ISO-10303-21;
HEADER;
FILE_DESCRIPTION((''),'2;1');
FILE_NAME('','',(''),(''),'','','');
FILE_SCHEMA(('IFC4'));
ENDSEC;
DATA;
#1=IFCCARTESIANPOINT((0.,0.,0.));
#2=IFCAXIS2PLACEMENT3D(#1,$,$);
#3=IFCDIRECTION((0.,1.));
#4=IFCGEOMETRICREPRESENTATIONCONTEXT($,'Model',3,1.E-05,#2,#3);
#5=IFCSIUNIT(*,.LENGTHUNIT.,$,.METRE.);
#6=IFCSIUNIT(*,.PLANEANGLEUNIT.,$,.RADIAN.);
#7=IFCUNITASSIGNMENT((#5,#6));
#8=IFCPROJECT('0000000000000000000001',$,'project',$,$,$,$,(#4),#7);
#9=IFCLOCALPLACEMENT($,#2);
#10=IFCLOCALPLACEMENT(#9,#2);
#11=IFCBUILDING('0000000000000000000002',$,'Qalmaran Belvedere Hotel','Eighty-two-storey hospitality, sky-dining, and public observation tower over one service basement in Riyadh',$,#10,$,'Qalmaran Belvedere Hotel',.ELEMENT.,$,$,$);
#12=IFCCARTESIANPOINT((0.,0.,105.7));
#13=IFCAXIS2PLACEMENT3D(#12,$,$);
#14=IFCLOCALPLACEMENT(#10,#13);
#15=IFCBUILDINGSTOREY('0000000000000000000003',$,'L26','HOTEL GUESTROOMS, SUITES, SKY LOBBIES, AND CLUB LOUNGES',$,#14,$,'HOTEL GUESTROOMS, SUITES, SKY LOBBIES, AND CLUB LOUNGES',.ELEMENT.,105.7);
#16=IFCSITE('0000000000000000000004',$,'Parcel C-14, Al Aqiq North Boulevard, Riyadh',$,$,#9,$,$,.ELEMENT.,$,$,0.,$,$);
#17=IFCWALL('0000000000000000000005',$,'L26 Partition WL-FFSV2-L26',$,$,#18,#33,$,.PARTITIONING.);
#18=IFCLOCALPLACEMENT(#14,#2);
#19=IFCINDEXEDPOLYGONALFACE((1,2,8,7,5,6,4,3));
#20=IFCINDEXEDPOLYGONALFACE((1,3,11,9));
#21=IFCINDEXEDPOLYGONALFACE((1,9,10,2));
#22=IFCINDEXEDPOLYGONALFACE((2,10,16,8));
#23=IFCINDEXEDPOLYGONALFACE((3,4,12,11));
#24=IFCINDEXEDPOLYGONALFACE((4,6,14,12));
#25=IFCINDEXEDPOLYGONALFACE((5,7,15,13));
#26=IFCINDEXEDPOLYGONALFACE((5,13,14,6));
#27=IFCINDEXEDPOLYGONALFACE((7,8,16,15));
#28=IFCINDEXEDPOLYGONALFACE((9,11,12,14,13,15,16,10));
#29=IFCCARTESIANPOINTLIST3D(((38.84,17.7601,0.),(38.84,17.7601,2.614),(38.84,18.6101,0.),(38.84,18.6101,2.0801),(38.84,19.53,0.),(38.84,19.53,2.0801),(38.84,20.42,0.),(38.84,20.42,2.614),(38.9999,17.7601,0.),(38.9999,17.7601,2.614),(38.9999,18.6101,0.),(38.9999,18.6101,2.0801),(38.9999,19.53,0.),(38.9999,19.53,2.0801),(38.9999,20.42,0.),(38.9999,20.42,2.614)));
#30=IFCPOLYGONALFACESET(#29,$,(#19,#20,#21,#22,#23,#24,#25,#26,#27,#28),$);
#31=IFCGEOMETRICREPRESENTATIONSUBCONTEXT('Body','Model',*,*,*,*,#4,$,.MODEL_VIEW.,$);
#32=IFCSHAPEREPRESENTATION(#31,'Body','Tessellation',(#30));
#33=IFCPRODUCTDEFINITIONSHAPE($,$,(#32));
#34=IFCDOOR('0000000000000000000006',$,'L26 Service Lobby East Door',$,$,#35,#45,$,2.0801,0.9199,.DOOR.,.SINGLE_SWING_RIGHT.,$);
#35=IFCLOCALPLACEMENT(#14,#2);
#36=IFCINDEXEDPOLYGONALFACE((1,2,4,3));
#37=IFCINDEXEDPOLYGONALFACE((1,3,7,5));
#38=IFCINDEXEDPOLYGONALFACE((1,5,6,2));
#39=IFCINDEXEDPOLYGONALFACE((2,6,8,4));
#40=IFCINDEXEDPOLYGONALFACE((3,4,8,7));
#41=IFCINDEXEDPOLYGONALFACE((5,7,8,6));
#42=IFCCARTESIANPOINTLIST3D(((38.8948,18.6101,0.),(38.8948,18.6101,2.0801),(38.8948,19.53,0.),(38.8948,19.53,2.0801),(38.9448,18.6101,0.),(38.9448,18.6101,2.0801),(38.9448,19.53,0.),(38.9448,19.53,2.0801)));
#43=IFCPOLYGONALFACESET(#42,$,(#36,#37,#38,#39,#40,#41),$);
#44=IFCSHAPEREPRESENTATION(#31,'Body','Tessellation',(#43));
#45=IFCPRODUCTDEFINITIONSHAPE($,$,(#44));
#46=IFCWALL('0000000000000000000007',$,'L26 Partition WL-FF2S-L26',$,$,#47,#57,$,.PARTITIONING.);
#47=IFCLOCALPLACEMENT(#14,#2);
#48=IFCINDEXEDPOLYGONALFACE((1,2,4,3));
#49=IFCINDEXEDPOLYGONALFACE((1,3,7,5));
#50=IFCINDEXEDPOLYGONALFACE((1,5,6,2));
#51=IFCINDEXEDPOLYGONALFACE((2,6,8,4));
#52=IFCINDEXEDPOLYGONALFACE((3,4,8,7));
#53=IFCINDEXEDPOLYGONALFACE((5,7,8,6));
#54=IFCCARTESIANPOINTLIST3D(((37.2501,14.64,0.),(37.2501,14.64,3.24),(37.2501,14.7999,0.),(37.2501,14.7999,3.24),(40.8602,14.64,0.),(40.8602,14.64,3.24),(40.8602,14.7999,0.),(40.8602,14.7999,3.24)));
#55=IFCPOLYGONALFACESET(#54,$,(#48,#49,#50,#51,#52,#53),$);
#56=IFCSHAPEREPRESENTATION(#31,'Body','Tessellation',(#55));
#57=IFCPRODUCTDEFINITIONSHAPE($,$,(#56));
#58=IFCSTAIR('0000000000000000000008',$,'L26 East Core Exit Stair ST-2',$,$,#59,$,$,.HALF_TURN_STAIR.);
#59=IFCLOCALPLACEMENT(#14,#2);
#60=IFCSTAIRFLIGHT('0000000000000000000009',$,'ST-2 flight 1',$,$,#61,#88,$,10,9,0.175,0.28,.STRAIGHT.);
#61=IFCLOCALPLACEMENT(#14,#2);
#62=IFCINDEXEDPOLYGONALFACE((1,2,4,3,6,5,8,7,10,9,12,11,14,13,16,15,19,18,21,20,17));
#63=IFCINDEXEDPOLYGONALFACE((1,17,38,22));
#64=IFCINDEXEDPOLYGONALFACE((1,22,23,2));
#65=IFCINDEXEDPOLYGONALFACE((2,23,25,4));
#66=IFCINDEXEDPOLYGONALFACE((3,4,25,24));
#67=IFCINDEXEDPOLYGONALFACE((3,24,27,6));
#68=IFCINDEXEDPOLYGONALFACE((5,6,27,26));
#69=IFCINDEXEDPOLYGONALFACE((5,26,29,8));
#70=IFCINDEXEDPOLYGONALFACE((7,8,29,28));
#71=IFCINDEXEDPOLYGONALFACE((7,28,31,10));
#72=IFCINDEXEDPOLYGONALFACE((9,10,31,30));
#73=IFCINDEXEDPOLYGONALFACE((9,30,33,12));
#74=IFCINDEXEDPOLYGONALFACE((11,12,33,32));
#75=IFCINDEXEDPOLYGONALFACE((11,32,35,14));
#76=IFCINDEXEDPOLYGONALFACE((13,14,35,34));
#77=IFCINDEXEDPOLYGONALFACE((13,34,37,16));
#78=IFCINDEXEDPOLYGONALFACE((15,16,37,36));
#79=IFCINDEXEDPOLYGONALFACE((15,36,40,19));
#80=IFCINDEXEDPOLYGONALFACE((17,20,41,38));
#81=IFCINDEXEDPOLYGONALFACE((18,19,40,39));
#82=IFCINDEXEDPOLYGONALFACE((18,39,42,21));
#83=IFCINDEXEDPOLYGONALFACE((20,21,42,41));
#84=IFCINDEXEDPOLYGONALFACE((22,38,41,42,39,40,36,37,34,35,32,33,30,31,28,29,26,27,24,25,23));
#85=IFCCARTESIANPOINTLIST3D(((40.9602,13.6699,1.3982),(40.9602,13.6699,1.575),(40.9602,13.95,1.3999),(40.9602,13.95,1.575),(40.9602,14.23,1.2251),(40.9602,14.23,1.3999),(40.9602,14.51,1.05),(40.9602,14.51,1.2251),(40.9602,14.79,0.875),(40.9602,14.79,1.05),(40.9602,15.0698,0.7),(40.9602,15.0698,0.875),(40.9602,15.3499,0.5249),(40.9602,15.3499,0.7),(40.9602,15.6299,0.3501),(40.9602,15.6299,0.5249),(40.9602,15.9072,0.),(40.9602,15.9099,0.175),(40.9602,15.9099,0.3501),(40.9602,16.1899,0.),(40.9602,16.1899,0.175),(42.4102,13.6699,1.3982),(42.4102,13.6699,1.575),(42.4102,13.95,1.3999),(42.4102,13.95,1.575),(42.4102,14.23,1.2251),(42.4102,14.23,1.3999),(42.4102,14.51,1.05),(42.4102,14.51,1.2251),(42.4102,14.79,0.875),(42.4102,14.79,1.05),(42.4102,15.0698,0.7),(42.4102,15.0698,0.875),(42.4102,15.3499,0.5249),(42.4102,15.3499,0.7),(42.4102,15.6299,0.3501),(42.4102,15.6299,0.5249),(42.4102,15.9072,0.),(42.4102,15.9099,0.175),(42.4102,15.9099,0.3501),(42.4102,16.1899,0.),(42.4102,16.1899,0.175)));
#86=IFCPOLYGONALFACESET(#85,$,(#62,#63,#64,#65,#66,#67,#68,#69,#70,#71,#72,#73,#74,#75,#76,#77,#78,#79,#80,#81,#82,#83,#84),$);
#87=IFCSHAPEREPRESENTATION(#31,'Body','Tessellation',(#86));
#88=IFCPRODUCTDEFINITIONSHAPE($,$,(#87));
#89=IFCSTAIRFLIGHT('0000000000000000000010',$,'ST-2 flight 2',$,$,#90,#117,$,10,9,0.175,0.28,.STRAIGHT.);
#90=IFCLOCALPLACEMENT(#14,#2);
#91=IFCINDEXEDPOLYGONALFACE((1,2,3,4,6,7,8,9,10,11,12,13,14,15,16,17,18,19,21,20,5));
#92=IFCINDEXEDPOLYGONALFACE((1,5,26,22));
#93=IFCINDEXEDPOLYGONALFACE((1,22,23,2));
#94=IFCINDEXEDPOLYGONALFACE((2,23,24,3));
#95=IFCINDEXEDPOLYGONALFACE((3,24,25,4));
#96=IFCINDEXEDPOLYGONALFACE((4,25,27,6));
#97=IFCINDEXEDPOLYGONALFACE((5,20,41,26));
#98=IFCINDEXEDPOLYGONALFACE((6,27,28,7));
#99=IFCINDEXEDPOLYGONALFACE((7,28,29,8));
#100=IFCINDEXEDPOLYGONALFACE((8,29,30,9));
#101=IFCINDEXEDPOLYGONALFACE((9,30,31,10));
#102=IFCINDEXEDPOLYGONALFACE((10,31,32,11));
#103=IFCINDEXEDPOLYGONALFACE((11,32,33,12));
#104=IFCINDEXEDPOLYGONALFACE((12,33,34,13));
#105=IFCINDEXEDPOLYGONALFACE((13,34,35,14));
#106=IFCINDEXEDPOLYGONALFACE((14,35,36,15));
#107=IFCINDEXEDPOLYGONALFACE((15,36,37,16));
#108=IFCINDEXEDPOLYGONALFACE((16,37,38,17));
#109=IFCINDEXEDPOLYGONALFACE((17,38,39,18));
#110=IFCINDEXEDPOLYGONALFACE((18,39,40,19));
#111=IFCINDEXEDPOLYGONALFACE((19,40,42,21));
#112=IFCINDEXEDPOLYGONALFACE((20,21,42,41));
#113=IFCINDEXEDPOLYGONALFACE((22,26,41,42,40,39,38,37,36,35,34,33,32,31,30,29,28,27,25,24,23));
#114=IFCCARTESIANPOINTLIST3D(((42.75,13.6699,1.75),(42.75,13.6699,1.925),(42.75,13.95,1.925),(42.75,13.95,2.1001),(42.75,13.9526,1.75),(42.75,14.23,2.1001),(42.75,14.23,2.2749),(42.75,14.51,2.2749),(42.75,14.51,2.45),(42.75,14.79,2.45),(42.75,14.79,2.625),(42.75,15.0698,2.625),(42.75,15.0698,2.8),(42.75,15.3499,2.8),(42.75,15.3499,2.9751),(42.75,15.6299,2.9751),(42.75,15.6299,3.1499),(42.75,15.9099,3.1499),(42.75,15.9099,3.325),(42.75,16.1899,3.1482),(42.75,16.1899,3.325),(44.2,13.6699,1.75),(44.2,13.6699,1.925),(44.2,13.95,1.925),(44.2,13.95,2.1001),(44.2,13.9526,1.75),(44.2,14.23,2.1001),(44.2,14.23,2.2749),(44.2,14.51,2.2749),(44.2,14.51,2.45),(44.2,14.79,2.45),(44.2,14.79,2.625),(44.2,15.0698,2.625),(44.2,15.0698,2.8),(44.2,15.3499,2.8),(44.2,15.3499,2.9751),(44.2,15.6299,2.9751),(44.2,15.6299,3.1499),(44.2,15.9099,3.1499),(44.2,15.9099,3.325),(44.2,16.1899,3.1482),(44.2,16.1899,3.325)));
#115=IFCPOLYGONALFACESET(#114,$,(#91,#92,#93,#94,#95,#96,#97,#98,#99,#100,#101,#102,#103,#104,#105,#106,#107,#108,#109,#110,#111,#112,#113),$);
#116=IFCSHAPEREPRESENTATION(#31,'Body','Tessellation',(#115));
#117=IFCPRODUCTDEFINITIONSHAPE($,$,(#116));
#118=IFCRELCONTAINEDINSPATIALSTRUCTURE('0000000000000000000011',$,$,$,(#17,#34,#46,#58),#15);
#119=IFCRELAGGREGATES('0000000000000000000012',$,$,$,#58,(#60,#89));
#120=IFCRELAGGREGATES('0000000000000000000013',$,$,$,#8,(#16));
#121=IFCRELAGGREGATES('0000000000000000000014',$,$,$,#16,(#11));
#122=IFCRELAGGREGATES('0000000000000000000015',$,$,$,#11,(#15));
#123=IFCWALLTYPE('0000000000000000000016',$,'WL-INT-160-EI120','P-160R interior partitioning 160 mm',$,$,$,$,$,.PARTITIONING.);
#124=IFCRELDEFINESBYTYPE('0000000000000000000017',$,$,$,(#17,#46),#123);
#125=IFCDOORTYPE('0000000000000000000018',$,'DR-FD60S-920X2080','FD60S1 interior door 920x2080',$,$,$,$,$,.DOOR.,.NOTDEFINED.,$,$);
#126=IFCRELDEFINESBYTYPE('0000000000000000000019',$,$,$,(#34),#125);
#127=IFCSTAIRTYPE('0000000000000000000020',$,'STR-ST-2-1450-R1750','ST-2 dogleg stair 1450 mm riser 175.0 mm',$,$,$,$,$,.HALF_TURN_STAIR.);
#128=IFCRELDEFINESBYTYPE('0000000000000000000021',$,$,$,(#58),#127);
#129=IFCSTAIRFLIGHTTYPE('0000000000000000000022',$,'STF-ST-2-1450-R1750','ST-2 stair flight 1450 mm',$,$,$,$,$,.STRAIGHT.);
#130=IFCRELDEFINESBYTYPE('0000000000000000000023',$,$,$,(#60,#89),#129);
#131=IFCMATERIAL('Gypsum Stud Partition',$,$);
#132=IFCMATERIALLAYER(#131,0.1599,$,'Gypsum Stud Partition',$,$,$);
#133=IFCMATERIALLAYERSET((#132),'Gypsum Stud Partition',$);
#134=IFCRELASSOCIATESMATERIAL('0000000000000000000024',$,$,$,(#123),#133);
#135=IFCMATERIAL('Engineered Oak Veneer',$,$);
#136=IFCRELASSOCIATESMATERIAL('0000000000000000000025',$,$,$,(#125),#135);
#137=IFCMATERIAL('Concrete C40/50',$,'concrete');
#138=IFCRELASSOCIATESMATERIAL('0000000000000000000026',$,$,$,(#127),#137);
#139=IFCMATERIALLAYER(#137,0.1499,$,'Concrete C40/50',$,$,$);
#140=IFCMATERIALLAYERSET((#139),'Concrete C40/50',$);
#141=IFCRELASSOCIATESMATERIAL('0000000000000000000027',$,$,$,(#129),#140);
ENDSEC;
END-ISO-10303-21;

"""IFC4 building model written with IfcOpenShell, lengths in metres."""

from ifc_helpers import new_model, si_unit, direction, frame, frame_2d, origin, place, context, subcontext, project, spatial, polyline, rectangle, outline, extrude, material, layer, layer_set, type_object, element, fill, aggregate, save


model = new_model("IFC4")

# Units and contexts
model_context = context("Model", 3, precision=1e-05, world=origin(), true_north=direction((0.0, 1.0)))
body_context = subcontext(model_context, "Body", "Model", "MODEL_VIEW")
ifc_project = project(units=[si_unit("LENGTHUNIT", "METRE"), si_unit("PLANEANGLEUNIT", "RADIAN")], contexts=[model_context])

# Site, building, storey
site_placement = place(None, origin())
site = spatial("IfcSite", under=ifc_project, at=site_placement, Name="Parcel C-14, Al Aqiq North Boulevard, Riyadh", CompositionType="ELEMENT", RefElevation=0.0)
building_placement = place(site_placement, origin())
building = spatial("IfcBuilding", under=site, at=building_placement, Name="Qalmaran Belvedere Hotel", Description="Eighty-two-storey hospitality, sky-dining, and public observation tower over one service basement in Riyadh", LongName="Qalmaran Belvedere Hotel", CompositionType="ELEMENT")
storey_placement = place(building_placement, frame((0.0, 0.0, 105.7)))
storey = spatial("IfcBuildingStorey", under=building, at=storey_placement, Name="L26", Description="HOTEL GUESTROOMS, SUITES, SKY LOBBIES, AND CLUB LOUNGES", LongName="HOTEL GUESTROOMS, SUITES, SKY LOBBIES, AND CLUB LOUNGES", CompositionType="ELEMENT", Elevation=105.7)

# Shared definitions
ifc_material_1 = material(Name="Gypsum Stud Partition")

# Wall, opening, door
ifc_layer_1 = layer(ifc_material_1, 0.1599, Name="Gypsum Stud Partition")
ifc_layer_set_1 = layer_set([ifc_layer_1], Name="Gypsum Stud Partition")
wall_type_1 = type_object("IfcWallType", Name="WL-INT-160-EI120", Description="P-160R interior partitioning 160 mm", PredefinedType="PARTITIONING", material=ifc_layer_set_1)
wall_1_placement = place(storey_placement, frame((38.9199, 17.76, 0.0), z_axis=(0.0, 0.0, 1.0), x_axis=(0.0, 1.0, 0.0)))
wall_1 = element("IfcWall", 1, at=wall_1_placement, inside=storey, type_object=wall_type_1, Name="L26 Partition WL-FFSV2-L26", PredefinedType="PARTITIONING", context=body_context, shape_type="SweptSolid", body=[
    extrude(rectangle(XDim=2.6599, YDim=0.1599, at=frame_2d((1.3301, 0.0))), origin(), (0.0, 0.0, 1.0), 2.614),
])
opening_1_placement = place(wall_1_placement, frame((1.77, 0.0, 0.0), z_axis=(0.0, 0.0, 1.0), x_axis=(-1.0, 0.0, 0.0)))
opening_1 = element("IfcOpeningElement", 2, at=opening_1_placement, cuts=wall_1, PredefinedType="OPENING", context=body_context, shape_type="SweptSolid", body=[
    extrude(rectangle(XDim=0.9199, YDim=2.0801, at=frame_2d((0.46, 1.04))), frame((0.0, 0.0898, 0.0), z_axis=(0.0, -1.0, 0.0), x_axis=(1.0, 0.0, 0.0)), (0.0, 0.0, 1.0), 0.1799),
])
ifc_material_2 = material(Name="Engineered Oak Veneer")
door_type_1 = type_object("IfcDoorType", Name="DR-FD60S-920X2080", Description="FD60S1 interior door 920x2080", OperationType="NOTDEFINED", PredefinedType="DOOR", material=ifc_material_2)
door_1_placement = place(opening_1_placement, origin())
door_1 = element("IfcDoor", 3, at=door_1_placement, inside=storey, type_object=door_type_1, Name="L26 Service Lobby East Door", OperationType="SINGLE_SWING_RIGHT", OverallHeight=2.0801, OverallWidth=0.9199, PredefinedType="DOOR", context=body_context, shape_type="SweptSolid", body=[
    extrude(rectangle(XDim=0.9199, YDim=2.0801, at=frame_2d((0.46, 1.04))), frame((0.0, 0.0249, 0.0), z_axis=(0.0, -1.0, 0.0), x_axis=(1.0, 0.0, 0.0)), (0.0, 0.0, 1.0), 0.05),
])
fill(opening_1, door_1)

# Wall
wall_2_placement = place(storey_placement, frame((37.25, 14.72, 0.0), z_axis=(0.0, 0.0, 1.0), x_axis=(1.0, 0.0, 0.0)))
element("IfcWall", 4, at=wall_2_placement, inside=storey, type_object=wall_type_1, Name="L26 Partition WL-FF2S-L26", PredefinedType="PARTITIONING", context=body_context, shape_type="SweptSolid", body=[
    extrude(rectangle(XDim=3.6101, YDim=0.1599, at=frame_2d((1.8052, 0.0))), origin(), (0.0, 0.0, 1.0), 3.24),
])

# Stair, stair flights
ifc_material_3 = material(Name="Concrete C40/50", Category="concrete")
stair_type = type_object("IfcStairType", Name="STR-ST-2-1450-R1750", Description="ST-2 dogleg stair 1450 mm riser 175.0 mm", PredefinedType="HALF_TURN_STAIR", material=ifc_material_3)
stair_placement = place(storey_placement, origin())
stair = element("IfcStair", 5, at=stair_placement, inside=storey, type_object=stair_type, Name="L26 East Core Exit Stair ST-2", PredefinedType="HALF_TURN_STAIR")
ifc_layer_2 = layer(ifc_material_3, 0.1499, Name="Concrete C40/50")
ifc_layer_set_2 = layer_set([ifc_layer_2], Name="Concrete C40/50")
stair_flight_type = type_object("IfcStairFlightType", Name="STF-ST-2-1450-R1750", Description="ST-2 stair flight 1450 mm", PredefinedType="STRAIGHT", material=ifc_layer_set_2)
stair_flight_1_placement = place(storey_placement, frame((41.6851, 16.1899, 0.0), z_axis=(0.0, 0.0, 1.0), x_axis=(0.0, -1.0, 0.0)))
stair_flight_1 = element("IfcStairFlight", 6, at=stair_flight_1_placement, type_object=stair_flight_type, Name="ST-2 flight 1", NumberOfRisers=10, NumberOfTreads=9, PredefinedType="STRAIGHT", RiserHeight=0.175, TreadLength=0.28, context=body_context, shape_type="SweptSolid", body=[
    extrude(outline(polyline([(0.0, 0.0), (0.0, 0.175), (0.28, 0.175), (0.28, 0.3501), (0.5601, 0.3501), (0.5601, 0.5249), (0.8401, 0.5249), (0.8401, 0.7), (1.1201, 0.7), (1.1201, 0.875), (1.3999, 0.875), (1.3999, 1.05), (1.6799, 1.05), (1.6799, 1.2251), (1.96, 1.2251), (1.96, 1.3999), (2.24, 1.3999), (2.24, 1.575), (2.52, 1.575), (2.52, 1.75), (2.52, 1.3982), (0.2827, 0.0), (0.0, 0.0)])), frame((0.0, 0.7251, 0.0), z_axis=(0.0, -1.0, 0.0), x_axis=(1.0, 0.0, 0.0)), (0.0, 0.0, 1.0), 1.45),
])
stair_flight_2_placement = place(storey_placement, frame((43.4751, 13.6699, 1.75), z_axis=(0.0, 0.0, 1.0), x_axis=(0.0, 1.0, 0.0)))
stair_flight_2 = element("IfcStairFlight", 7, at=stair_flight_2_placement, type_object=stair_flight_type, Name="ST-2 flight 2", NumberOfRisers=10, NumberOfTreads=9, PredefinedType="STRAIGHT", RiserHeight=0.175, TreadLength=0.28, context=body_context, shape_type="SweptSolid", body=[
    extrude(outline(polyline([(0.0, 0.0), (0.0, 0.175), (0.28, 0.175), (0.28, 0.3501), (0.5601, 0.3501), (0.5601, 0.5249), (0.8401, 0.5249), (0.8401, 0.7), (1.1201, 0.7), (1.1201, 0.875), (1.3999, 0.875), (1.3999, 1.05), (1.6799, 1.05), (1.6799, 1.2251), (1.96, 1.2251), (1.96, 1.3999), (2.24, 1.3999), (2.24, 1.575), (2.52, 1.575), (2.52, 1.75), (2.52, 1.3982), (0.2827, 0.0), (0.0, 0.0)])), frame((0.0, 0.7251, 0.0), z_axis=(0.0, -1.0, 0.0), x_axis=(1.0, 0.0, 0.0)), (0.0, 0.0, 1.0), 1.45),
])
aggregate(stair, [stair_flight_1, stair_flight_2])

save(model, "model.ifc")
